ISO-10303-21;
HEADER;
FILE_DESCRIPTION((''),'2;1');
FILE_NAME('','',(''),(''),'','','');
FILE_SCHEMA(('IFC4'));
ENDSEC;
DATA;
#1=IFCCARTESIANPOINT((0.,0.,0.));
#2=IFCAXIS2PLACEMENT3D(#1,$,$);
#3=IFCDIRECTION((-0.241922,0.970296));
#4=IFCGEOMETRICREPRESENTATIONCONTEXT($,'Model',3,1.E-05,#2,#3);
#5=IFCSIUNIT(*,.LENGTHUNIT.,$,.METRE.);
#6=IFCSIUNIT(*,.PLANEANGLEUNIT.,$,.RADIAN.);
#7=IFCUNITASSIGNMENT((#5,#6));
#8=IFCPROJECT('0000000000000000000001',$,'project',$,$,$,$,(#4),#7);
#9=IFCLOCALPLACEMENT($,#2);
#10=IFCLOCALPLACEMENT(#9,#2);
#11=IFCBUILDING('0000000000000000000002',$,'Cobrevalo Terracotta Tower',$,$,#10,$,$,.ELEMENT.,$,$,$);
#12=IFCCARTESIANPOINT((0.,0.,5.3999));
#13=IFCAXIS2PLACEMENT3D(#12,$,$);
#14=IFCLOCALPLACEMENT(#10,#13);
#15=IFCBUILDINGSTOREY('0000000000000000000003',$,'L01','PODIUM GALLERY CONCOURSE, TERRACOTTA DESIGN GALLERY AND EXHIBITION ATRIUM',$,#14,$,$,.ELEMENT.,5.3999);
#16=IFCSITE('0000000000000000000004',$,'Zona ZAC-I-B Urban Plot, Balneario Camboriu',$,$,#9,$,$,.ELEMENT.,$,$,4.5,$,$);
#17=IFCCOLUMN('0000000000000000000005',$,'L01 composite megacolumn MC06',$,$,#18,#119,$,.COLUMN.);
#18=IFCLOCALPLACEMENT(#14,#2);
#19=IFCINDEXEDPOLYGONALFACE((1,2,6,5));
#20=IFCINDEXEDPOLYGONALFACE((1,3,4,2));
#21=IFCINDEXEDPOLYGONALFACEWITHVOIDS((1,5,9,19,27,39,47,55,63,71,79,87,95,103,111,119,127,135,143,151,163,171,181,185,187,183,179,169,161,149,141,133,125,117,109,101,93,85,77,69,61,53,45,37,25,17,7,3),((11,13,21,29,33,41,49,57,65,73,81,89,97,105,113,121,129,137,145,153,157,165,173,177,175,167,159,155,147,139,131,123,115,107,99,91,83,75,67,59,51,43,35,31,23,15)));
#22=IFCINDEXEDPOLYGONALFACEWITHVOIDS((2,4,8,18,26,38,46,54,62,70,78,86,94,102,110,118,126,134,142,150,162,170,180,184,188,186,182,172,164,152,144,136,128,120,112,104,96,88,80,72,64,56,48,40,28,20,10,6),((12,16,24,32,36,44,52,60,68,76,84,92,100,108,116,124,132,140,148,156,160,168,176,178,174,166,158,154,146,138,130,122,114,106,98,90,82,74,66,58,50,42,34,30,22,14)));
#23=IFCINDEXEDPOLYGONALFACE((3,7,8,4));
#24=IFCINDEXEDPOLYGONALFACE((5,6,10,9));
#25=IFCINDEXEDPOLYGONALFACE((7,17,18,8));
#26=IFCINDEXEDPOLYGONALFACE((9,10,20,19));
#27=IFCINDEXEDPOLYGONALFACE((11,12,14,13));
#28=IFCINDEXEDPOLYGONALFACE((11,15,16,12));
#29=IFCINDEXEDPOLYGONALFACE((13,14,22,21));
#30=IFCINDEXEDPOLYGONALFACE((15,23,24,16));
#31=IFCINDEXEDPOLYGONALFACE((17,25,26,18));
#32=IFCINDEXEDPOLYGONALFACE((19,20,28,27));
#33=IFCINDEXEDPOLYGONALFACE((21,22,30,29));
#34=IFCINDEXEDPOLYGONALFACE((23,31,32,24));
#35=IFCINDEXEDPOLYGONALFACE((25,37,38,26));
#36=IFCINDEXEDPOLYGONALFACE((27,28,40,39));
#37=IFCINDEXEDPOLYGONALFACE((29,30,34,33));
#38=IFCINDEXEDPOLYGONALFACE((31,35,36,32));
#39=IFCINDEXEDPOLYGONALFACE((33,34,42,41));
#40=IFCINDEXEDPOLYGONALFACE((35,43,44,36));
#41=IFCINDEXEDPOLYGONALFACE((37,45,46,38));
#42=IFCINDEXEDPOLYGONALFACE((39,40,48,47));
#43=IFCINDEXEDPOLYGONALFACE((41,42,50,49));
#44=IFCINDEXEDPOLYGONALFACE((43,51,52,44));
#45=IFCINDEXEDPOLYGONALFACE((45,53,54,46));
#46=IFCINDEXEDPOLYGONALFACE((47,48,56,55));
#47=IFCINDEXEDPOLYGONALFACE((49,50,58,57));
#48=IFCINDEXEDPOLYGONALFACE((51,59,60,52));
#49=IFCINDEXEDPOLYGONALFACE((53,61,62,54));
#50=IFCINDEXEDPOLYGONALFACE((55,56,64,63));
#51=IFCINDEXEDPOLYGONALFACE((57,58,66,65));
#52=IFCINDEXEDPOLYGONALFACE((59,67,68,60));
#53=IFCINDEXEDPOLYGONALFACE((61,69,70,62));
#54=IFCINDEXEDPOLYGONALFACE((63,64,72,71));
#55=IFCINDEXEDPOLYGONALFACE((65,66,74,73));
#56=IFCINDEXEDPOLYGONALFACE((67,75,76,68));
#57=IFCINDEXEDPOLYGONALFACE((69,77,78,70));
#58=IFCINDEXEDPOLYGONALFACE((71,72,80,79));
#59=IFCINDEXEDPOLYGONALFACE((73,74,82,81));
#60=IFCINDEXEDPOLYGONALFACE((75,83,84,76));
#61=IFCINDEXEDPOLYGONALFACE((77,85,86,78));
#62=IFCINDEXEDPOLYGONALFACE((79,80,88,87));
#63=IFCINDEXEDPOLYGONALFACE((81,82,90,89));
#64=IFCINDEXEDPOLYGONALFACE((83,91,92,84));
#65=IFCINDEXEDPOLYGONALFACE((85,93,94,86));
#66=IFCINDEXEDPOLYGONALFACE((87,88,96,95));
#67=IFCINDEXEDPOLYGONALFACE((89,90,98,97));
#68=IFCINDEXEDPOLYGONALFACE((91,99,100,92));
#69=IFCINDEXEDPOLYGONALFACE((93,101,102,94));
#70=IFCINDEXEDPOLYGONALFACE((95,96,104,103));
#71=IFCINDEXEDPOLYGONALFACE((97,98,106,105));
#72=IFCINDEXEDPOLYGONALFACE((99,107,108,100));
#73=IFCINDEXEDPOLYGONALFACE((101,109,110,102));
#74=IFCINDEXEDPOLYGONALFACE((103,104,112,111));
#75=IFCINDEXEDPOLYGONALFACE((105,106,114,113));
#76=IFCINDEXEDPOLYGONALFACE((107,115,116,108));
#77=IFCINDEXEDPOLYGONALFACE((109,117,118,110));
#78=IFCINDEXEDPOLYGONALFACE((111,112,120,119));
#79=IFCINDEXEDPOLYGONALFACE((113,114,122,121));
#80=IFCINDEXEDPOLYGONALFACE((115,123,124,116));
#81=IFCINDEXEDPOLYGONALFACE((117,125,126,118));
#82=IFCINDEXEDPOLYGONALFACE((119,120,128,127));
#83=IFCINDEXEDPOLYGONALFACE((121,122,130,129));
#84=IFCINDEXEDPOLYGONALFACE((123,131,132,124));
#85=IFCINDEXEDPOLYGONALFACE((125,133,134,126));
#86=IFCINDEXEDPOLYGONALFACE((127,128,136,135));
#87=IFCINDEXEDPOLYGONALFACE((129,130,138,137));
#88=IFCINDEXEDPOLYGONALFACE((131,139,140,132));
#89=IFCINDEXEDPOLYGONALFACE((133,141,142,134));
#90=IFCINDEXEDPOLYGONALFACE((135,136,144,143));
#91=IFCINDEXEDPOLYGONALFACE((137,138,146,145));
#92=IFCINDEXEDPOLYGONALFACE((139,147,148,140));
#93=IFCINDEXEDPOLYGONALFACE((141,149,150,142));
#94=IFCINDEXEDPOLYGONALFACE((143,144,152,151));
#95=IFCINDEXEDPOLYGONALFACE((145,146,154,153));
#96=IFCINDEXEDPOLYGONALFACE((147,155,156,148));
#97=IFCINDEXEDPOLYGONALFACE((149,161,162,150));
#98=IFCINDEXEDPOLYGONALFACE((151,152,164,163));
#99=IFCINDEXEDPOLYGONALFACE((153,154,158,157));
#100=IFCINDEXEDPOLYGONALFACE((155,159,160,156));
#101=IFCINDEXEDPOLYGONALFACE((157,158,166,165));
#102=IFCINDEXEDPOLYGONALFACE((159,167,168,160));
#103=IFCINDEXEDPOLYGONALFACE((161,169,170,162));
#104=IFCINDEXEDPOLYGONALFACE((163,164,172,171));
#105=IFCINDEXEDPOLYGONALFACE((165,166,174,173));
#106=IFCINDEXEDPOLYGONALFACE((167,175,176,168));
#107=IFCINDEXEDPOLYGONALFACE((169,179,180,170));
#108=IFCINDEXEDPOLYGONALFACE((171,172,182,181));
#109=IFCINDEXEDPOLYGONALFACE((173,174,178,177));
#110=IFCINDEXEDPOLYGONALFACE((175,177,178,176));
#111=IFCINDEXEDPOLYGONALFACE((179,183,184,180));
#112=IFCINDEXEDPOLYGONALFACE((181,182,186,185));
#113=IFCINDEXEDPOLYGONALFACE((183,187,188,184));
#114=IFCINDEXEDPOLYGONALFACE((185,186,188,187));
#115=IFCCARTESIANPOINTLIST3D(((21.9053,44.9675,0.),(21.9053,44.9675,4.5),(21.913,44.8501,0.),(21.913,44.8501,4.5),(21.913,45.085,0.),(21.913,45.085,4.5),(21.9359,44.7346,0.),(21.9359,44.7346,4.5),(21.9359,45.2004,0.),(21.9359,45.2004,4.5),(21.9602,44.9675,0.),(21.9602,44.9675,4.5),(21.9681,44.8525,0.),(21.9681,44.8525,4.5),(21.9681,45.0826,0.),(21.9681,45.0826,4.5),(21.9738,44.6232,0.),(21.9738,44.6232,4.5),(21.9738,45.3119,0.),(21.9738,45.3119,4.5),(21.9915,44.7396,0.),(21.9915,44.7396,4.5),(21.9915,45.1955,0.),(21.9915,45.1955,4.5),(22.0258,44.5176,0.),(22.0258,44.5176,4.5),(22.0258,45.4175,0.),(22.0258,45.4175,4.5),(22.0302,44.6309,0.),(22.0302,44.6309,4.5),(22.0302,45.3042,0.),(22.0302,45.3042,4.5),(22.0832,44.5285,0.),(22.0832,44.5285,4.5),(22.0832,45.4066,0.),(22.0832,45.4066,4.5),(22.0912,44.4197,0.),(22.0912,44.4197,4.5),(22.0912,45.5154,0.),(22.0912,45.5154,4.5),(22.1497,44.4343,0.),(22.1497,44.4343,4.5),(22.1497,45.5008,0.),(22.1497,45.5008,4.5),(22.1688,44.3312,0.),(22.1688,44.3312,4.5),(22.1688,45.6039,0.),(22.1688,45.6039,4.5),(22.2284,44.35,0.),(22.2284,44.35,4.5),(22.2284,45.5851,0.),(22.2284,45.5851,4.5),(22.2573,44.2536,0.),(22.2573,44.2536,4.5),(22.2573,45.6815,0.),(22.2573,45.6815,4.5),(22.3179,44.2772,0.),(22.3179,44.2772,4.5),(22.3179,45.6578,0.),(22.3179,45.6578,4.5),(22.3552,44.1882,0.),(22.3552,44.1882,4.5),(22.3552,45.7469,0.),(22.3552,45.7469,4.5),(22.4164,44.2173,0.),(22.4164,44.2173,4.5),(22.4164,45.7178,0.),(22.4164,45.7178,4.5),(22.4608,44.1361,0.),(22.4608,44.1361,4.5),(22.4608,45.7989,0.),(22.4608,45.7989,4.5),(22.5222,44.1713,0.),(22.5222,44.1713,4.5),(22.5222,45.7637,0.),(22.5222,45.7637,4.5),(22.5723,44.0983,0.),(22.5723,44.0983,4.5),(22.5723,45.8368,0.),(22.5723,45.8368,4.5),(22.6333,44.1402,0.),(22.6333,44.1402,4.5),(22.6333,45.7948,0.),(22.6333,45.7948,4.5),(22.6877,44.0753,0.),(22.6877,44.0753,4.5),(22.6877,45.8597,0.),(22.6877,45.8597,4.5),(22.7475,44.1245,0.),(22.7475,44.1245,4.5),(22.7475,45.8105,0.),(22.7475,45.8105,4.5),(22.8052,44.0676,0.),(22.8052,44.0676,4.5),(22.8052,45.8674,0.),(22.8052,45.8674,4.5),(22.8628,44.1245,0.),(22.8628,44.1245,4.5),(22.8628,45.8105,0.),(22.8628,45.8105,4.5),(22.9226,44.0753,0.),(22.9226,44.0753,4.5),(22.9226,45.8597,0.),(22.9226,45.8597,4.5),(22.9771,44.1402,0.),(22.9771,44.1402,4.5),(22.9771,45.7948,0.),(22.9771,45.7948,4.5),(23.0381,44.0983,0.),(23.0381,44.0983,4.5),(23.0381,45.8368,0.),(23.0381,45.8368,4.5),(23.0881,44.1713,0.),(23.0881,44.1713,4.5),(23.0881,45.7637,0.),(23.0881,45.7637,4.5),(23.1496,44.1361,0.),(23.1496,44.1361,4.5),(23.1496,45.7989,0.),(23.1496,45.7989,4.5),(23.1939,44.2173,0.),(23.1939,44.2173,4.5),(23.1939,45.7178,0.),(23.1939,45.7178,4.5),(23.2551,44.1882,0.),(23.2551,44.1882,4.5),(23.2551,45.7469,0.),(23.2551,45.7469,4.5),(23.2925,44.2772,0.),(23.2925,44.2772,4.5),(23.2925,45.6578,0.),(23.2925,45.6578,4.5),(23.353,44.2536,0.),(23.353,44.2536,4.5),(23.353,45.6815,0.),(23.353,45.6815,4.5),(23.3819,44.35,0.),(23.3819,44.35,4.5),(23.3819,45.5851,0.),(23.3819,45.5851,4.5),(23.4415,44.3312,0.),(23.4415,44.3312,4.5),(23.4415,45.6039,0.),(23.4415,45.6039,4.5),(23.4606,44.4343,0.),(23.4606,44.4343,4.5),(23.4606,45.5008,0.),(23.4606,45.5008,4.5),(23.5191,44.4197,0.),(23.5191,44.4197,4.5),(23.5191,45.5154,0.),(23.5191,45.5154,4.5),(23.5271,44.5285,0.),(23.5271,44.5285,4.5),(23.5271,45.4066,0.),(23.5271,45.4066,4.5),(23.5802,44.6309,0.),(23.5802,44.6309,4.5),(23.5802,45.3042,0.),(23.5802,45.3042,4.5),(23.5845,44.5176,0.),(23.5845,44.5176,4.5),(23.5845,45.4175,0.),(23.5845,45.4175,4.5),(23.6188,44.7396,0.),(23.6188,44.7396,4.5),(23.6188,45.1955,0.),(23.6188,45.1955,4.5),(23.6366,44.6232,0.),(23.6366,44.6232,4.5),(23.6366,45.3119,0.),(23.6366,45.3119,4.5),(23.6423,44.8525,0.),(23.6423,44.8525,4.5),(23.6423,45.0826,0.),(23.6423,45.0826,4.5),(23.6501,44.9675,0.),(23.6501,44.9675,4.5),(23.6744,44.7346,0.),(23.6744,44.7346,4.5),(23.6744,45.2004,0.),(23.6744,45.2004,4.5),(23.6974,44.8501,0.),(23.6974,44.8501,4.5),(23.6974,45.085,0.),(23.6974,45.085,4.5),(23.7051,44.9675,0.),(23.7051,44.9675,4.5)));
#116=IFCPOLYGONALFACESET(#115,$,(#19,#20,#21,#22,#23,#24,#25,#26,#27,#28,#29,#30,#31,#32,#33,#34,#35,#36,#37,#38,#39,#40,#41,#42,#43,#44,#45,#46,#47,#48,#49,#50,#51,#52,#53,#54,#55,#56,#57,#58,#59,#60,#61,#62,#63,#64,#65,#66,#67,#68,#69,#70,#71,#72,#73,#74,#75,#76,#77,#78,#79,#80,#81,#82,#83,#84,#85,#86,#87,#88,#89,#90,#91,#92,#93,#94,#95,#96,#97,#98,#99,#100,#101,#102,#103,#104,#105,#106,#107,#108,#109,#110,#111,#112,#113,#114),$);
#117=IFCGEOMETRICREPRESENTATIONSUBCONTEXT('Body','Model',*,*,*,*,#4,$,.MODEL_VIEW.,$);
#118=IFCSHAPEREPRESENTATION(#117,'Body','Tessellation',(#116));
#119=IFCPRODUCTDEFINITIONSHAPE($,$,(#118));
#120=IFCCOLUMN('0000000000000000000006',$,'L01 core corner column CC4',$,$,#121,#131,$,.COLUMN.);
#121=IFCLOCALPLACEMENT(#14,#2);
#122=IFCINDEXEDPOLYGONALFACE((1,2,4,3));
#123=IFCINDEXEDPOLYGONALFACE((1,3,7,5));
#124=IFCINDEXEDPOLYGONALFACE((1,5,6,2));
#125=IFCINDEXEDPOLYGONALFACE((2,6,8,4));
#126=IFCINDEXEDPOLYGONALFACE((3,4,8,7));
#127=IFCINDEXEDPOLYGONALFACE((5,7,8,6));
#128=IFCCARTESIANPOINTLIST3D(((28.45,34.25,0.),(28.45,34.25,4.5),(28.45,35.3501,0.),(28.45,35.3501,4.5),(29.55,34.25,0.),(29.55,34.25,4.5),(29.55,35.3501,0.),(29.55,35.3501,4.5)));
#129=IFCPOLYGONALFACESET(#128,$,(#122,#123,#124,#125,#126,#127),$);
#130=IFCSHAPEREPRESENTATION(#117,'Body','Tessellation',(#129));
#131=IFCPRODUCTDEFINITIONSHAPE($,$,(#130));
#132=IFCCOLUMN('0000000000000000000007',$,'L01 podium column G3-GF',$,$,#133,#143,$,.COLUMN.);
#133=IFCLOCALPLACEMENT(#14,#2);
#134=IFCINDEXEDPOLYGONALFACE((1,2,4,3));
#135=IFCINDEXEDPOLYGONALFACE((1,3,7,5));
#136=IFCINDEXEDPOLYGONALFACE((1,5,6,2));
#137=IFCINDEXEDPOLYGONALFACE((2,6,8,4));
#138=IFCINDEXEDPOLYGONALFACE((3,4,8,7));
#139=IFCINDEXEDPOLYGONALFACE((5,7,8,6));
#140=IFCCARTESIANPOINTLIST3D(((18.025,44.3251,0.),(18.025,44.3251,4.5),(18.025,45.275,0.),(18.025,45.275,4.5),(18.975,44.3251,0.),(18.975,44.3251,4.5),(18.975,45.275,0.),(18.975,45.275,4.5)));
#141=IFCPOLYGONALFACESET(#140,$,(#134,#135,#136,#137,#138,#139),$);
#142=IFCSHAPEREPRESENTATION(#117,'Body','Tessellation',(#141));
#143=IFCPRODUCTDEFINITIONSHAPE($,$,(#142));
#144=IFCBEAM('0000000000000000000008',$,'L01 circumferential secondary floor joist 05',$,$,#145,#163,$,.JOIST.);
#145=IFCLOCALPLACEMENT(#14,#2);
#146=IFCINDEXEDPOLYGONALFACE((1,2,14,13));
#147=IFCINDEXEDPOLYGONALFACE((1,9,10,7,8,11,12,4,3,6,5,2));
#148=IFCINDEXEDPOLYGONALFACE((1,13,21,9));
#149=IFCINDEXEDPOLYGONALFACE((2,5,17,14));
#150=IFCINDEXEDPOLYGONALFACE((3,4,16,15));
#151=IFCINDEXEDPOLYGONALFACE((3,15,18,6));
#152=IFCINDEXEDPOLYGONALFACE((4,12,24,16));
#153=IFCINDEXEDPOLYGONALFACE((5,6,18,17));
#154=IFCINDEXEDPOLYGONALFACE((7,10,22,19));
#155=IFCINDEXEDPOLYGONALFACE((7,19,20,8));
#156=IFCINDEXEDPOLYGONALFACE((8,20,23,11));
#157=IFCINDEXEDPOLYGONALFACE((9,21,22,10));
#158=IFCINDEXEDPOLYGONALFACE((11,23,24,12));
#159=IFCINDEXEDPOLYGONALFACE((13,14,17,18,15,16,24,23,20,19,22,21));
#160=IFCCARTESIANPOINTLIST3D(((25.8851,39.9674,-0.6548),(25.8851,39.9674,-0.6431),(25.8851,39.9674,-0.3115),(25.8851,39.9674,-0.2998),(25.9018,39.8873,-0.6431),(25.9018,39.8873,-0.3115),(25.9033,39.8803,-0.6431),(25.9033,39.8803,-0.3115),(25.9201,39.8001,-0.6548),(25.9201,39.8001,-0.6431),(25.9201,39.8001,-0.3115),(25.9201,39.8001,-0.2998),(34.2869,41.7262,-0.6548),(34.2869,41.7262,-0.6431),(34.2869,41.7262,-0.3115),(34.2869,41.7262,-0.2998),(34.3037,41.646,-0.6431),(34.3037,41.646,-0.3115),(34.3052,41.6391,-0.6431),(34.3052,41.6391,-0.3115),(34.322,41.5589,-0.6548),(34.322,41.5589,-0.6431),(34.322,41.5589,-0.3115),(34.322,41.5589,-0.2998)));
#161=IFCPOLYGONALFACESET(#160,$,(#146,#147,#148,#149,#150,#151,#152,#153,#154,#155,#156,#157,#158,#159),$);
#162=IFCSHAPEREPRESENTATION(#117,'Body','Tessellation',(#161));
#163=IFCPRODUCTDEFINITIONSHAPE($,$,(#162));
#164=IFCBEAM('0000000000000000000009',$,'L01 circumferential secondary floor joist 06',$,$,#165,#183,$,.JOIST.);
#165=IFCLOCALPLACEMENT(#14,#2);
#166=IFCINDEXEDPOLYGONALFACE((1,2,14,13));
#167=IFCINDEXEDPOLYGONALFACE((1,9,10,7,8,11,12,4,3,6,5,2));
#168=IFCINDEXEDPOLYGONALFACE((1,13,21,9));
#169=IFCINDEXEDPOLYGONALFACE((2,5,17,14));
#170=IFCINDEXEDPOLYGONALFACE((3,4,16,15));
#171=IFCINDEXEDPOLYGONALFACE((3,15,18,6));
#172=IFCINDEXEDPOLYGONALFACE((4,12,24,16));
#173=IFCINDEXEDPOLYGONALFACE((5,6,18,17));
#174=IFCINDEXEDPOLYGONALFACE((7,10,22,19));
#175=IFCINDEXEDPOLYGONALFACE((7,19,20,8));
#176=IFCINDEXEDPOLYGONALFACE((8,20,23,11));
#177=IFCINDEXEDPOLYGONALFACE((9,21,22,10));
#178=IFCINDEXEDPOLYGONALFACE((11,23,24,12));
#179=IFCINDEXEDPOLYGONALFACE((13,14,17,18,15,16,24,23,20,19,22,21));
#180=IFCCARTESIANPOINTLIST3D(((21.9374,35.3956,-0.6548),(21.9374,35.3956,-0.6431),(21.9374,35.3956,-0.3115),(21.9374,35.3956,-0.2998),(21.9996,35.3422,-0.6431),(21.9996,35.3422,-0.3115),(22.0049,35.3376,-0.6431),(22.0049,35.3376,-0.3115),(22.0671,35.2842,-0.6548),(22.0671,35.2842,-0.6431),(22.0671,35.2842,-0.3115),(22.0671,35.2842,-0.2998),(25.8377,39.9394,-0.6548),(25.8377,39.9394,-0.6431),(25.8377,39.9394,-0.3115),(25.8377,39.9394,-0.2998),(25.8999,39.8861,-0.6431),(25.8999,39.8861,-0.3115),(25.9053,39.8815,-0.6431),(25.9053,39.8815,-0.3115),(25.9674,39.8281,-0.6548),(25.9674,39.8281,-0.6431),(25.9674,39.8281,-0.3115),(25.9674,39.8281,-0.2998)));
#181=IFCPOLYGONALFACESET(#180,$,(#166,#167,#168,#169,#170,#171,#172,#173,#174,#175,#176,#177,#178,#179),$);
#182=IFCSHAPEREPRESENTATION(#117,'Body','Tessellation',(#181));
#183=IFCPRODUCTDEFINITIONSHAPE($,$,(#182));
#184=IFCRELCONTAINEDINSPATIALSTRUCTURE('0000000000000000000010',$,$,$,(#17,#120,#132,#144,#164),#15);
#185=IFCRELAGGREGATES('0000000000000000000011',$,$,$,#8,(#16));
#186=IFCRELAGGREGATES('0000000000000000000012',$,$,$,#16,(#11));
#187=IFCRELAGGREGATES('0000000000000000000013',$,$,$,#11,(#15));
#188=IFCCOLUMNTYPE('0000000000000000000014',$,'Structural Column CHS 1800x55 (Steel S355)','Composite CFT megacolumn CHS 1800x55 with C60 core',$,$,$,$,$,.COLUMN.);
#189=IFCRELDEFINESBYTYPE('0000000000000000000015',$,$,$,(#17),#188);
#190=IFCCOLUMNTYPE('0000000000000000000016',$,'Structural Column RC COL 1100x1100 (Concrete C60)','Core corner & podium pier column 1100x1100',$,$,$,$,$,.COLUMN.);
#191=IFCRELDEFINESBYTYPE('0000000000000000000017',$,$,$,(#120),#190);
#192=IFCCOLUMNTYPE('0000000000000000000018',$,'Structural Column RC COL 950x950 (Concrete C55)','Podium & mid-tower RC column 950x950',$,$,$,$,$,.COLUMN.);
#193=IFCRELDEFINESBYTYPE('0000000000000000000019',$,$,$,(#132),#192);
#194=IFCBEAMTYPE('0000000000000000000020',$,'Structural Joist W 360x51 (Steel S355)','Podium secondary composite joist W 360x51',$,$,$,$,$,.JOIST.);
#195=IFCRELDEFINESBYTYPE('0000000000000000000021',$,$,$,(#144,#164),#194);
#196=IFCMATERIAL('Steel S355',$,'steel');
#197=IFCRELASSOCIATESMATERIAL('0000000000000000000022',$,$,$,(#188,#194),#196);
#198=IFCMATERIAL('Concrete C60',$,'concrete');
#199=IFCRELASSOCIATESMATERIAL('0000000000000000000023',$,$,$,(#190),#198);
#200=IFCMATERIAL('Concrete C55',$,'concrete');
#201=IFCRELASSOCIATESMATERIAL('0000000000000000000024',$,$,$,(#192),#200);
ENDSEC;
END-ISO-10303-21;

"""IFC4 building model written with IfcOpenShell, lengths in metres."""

from ifc_helpers import new_model, si_unit, direction, frame, origin, origin_2d, place, context, subcontext, project, spatial, rectangle, hollow_circle, i_section, extrude, material, material_profile, profile_set, type_object, element, save


model = new_model("IFC4")

# Units and contexts
model_context = context("Model", 3, precision=1e-05, world=origin(), true_north=direction((-0.241922, 0.970296)))
body_context = subcontext(model_context, "Body", "Model", "MODEL_VIEW")
ifc_project = project(units=[si_unit("LENGTHUNIT", "METRE"), si_unit("PLANEANGLEUNIT", "RADIAN")], contexts=[model_context])

# Site, building, storey
site_placement = place(None, origin())
site = spatial("IfcSite", under=ifc_project, at=site_placement, Name="Zona ZAC-I-B Urban Plot, Balneario Camboriu", CompositionType="ELEMENT", RefElevation=4.5)
building_placement = place(site_placement, origin())
building = spatial("IfcBuilding", under=site, at=building_placement, Name="Cobrevalo Terracotta Tower", CompositionType="ELEMENT")
storey_placement = place(building_placement, frame((0.0, 0.0, 5.3999)))
storey = spatial("IfcBuildingStorey", under=building, at=storey_placement, Name="L01", Description="PODIUM GALLERY CONCOURSE, TERRACOTTA DESIGN GALLERY AND EXHIBITION ATRIUM", CompositionType="ELEMENT", Elevation=5.3999)

# Columns
ifc_material_1 = material(Name="Steel S355", Category="steel")
ifc_material_profile_1 = material_profile(ifc_material_1, hollow_circle(Radius=0.8999, WallThickness=0.0549, at=origin_2d()), Name="CHS 1800x55")
ifc_profile_set_1 = profile_set([ifc_material_profile_1], Name="Steel S355")
column_type_1 = type_object("IfcColumnType", Name="Structural Column CHS 1800x55 (Steel S355)", Description="Composite CFT megacolumn CHS 1800x55 with C60 core", PredefinedType="COLUMN", material=ifc_profile_set_1)
column_1_placement = place(storey_placement, frame((22.8052, 44.9675, 0.0), z_axis=(0.0, 0.0, 1.0), x_axis=(1.0, 0.0, 0.0)))
element("IfcColumn", 1, at=column_1_placement, inside=storey, type_object=column_type_1, Name="L01 composite megacolumn MC06", PredefinedType="COLUMN", context=body_context, shape_type="SweptSolid", body=[
    extrude(hollow_circle(Radius=0.8999, WallThickness=0.0549, at=origin_2d()), origin(), (0.0, 0.0, 1.0), 4.5),
])
ifc_material_2 = material(Name="Concrete C60", Category="concrete")
ifc_material_profile_2 = material_profile(ifc_material_2, rectangle(XDim=1.1001, YDim=1.1001, at=origin_2d()), Name="RC COL 1100x1100")
ifc_profile_set_2 = profile_set([ifc_material_profile_2], Name="Concrete C60")
column_type_2 = type_object("IfcColumnType", Name="Structural Column RC COL 1100x1100 (Concrete C60)", Description="Core corner & podium pier column 1100x1100", PredefinedType="COLUMN", material=ifc_profile_set_2)
column_2_placement = place(storey_placement, frame((29.0, 34.8, 0.0), z_axis=(0.0, 0.0, 1.0), x_axis=(1.0, 0.0, 0.0)))
element("IfcColumn", 2, at=column_2_placement, inside=storey, type_object=column_type_2, Name="L01 core corner column CC4", PredefinedType="COLUMN", context=body_context, shape_type="SweptSolid", body=[
    extrude(rectangle(XDim=1.1001, YDim=1.1001, at=origin_2d()), origin(), (0.0, 0.0, 1.0), 4.5),
])
ifc_material_3 = material(Name="Concrete C55", Category="concrete")
ifc_material_profile_3 = material_profile(ifc_material_3, rectangle(XDim=0.95, YDim=0.95, at=origin_2d()), Name="RC COL 950x950")
ifc_profile_set_3 = profile_set([ifc_material_profile_3], Name="Concrete C55")
column_type_3 = type_object("IfcColumnType", Name="Structural Column RC COL 950x950 (Concrete C55)", Description="Podium & mid-tower RC column 950x950", PredefinedType="COLUMN", material=ifc_profile_set_3)
column_3_placement = place(storey_placement, frame((18.5, 44.8, 0.0), z_axis=(0.0, 0.0, 1.0), x_axis=(1.0, 0.0, 0.0)))
element("IfcColumn", 3, at=column_3_placement, inside=storey, type_object=column_type_3, Name="L01 podium column G3-GF", PredefinedType="COLUMN", context=body_context, shape_type="SweptSolid", body=[
    extrude(rectangle(XDim=0.95, YDim=0.95, at=origin_2d()), origin(), (0.0, 0.0, 1.0), 4.5),
])

# Beams
ifc_material_profile_4 = material_profile(ifc_material_1, i_section(OverallWidth=0.1709, OverallDepth=0.355, WebThickness=0.0071, FlangeThickness=0.0117, at=origin_2d()), Name="W 360x51")
ifc_profile_set_4 = profile_set([ifc_material_profile_4], Name="Steel S355")
beam_type = type_object("IfcBeamType", Name="Structural Joist W 360x51 (Steel S355)", Description="Podium secondary composite joist W 360x51", PredefinedType="JOIST", material=ifc_profile_set_4)
beam_1_placement = place(storey_placement, frame((34.3044, 41.6426, -0.4773), z_axis=(-0.978785, -0.204892, 0.0), x_axis=(0.204892, -0.978785, 0.0)))
element("IfcBeam", 4, at=beam_1_placement, inside=storey, type_object=beam_type, Name="L01 circumferential secondary floor joist 05", PredefinedType="JOIST", context=body_context, shape_type="SweptSolid", body=[
    extrude(i_section(OverallWidth=0.1709, OverallDepth=0.355, WebThickness=0.0071, FlangeThickness=0.0117, at=origin_2d()), origin(), (0.0, 0.0, 1.0), 8.584),
])
beam_2_placement = place(storey_placement, frame((25.9026, 39.8838, -0.4773), z_axis=(-0.651328, -0.758796, 0.0), x_axis=(0.758796, -0.651328, 0.0)))
element("IfcBeam", 5, at=beam_2_placement, inside=storey, type_object=beam_type, Name="L01 circumferential secondary floor joist 06", PredefinedType="JOIST", context=body_context, shape_type="SweptSolid", body=[
    extrude(i_section(OverallWidth=0.1709, OverallDepth=0.355, WebThickness=0.0071, FlangeThickness=0.0117, at=origin_2d()), origin(), (0.0, 0.0, 1.0), 5.9883),
])

save(model, "model.ifc")
